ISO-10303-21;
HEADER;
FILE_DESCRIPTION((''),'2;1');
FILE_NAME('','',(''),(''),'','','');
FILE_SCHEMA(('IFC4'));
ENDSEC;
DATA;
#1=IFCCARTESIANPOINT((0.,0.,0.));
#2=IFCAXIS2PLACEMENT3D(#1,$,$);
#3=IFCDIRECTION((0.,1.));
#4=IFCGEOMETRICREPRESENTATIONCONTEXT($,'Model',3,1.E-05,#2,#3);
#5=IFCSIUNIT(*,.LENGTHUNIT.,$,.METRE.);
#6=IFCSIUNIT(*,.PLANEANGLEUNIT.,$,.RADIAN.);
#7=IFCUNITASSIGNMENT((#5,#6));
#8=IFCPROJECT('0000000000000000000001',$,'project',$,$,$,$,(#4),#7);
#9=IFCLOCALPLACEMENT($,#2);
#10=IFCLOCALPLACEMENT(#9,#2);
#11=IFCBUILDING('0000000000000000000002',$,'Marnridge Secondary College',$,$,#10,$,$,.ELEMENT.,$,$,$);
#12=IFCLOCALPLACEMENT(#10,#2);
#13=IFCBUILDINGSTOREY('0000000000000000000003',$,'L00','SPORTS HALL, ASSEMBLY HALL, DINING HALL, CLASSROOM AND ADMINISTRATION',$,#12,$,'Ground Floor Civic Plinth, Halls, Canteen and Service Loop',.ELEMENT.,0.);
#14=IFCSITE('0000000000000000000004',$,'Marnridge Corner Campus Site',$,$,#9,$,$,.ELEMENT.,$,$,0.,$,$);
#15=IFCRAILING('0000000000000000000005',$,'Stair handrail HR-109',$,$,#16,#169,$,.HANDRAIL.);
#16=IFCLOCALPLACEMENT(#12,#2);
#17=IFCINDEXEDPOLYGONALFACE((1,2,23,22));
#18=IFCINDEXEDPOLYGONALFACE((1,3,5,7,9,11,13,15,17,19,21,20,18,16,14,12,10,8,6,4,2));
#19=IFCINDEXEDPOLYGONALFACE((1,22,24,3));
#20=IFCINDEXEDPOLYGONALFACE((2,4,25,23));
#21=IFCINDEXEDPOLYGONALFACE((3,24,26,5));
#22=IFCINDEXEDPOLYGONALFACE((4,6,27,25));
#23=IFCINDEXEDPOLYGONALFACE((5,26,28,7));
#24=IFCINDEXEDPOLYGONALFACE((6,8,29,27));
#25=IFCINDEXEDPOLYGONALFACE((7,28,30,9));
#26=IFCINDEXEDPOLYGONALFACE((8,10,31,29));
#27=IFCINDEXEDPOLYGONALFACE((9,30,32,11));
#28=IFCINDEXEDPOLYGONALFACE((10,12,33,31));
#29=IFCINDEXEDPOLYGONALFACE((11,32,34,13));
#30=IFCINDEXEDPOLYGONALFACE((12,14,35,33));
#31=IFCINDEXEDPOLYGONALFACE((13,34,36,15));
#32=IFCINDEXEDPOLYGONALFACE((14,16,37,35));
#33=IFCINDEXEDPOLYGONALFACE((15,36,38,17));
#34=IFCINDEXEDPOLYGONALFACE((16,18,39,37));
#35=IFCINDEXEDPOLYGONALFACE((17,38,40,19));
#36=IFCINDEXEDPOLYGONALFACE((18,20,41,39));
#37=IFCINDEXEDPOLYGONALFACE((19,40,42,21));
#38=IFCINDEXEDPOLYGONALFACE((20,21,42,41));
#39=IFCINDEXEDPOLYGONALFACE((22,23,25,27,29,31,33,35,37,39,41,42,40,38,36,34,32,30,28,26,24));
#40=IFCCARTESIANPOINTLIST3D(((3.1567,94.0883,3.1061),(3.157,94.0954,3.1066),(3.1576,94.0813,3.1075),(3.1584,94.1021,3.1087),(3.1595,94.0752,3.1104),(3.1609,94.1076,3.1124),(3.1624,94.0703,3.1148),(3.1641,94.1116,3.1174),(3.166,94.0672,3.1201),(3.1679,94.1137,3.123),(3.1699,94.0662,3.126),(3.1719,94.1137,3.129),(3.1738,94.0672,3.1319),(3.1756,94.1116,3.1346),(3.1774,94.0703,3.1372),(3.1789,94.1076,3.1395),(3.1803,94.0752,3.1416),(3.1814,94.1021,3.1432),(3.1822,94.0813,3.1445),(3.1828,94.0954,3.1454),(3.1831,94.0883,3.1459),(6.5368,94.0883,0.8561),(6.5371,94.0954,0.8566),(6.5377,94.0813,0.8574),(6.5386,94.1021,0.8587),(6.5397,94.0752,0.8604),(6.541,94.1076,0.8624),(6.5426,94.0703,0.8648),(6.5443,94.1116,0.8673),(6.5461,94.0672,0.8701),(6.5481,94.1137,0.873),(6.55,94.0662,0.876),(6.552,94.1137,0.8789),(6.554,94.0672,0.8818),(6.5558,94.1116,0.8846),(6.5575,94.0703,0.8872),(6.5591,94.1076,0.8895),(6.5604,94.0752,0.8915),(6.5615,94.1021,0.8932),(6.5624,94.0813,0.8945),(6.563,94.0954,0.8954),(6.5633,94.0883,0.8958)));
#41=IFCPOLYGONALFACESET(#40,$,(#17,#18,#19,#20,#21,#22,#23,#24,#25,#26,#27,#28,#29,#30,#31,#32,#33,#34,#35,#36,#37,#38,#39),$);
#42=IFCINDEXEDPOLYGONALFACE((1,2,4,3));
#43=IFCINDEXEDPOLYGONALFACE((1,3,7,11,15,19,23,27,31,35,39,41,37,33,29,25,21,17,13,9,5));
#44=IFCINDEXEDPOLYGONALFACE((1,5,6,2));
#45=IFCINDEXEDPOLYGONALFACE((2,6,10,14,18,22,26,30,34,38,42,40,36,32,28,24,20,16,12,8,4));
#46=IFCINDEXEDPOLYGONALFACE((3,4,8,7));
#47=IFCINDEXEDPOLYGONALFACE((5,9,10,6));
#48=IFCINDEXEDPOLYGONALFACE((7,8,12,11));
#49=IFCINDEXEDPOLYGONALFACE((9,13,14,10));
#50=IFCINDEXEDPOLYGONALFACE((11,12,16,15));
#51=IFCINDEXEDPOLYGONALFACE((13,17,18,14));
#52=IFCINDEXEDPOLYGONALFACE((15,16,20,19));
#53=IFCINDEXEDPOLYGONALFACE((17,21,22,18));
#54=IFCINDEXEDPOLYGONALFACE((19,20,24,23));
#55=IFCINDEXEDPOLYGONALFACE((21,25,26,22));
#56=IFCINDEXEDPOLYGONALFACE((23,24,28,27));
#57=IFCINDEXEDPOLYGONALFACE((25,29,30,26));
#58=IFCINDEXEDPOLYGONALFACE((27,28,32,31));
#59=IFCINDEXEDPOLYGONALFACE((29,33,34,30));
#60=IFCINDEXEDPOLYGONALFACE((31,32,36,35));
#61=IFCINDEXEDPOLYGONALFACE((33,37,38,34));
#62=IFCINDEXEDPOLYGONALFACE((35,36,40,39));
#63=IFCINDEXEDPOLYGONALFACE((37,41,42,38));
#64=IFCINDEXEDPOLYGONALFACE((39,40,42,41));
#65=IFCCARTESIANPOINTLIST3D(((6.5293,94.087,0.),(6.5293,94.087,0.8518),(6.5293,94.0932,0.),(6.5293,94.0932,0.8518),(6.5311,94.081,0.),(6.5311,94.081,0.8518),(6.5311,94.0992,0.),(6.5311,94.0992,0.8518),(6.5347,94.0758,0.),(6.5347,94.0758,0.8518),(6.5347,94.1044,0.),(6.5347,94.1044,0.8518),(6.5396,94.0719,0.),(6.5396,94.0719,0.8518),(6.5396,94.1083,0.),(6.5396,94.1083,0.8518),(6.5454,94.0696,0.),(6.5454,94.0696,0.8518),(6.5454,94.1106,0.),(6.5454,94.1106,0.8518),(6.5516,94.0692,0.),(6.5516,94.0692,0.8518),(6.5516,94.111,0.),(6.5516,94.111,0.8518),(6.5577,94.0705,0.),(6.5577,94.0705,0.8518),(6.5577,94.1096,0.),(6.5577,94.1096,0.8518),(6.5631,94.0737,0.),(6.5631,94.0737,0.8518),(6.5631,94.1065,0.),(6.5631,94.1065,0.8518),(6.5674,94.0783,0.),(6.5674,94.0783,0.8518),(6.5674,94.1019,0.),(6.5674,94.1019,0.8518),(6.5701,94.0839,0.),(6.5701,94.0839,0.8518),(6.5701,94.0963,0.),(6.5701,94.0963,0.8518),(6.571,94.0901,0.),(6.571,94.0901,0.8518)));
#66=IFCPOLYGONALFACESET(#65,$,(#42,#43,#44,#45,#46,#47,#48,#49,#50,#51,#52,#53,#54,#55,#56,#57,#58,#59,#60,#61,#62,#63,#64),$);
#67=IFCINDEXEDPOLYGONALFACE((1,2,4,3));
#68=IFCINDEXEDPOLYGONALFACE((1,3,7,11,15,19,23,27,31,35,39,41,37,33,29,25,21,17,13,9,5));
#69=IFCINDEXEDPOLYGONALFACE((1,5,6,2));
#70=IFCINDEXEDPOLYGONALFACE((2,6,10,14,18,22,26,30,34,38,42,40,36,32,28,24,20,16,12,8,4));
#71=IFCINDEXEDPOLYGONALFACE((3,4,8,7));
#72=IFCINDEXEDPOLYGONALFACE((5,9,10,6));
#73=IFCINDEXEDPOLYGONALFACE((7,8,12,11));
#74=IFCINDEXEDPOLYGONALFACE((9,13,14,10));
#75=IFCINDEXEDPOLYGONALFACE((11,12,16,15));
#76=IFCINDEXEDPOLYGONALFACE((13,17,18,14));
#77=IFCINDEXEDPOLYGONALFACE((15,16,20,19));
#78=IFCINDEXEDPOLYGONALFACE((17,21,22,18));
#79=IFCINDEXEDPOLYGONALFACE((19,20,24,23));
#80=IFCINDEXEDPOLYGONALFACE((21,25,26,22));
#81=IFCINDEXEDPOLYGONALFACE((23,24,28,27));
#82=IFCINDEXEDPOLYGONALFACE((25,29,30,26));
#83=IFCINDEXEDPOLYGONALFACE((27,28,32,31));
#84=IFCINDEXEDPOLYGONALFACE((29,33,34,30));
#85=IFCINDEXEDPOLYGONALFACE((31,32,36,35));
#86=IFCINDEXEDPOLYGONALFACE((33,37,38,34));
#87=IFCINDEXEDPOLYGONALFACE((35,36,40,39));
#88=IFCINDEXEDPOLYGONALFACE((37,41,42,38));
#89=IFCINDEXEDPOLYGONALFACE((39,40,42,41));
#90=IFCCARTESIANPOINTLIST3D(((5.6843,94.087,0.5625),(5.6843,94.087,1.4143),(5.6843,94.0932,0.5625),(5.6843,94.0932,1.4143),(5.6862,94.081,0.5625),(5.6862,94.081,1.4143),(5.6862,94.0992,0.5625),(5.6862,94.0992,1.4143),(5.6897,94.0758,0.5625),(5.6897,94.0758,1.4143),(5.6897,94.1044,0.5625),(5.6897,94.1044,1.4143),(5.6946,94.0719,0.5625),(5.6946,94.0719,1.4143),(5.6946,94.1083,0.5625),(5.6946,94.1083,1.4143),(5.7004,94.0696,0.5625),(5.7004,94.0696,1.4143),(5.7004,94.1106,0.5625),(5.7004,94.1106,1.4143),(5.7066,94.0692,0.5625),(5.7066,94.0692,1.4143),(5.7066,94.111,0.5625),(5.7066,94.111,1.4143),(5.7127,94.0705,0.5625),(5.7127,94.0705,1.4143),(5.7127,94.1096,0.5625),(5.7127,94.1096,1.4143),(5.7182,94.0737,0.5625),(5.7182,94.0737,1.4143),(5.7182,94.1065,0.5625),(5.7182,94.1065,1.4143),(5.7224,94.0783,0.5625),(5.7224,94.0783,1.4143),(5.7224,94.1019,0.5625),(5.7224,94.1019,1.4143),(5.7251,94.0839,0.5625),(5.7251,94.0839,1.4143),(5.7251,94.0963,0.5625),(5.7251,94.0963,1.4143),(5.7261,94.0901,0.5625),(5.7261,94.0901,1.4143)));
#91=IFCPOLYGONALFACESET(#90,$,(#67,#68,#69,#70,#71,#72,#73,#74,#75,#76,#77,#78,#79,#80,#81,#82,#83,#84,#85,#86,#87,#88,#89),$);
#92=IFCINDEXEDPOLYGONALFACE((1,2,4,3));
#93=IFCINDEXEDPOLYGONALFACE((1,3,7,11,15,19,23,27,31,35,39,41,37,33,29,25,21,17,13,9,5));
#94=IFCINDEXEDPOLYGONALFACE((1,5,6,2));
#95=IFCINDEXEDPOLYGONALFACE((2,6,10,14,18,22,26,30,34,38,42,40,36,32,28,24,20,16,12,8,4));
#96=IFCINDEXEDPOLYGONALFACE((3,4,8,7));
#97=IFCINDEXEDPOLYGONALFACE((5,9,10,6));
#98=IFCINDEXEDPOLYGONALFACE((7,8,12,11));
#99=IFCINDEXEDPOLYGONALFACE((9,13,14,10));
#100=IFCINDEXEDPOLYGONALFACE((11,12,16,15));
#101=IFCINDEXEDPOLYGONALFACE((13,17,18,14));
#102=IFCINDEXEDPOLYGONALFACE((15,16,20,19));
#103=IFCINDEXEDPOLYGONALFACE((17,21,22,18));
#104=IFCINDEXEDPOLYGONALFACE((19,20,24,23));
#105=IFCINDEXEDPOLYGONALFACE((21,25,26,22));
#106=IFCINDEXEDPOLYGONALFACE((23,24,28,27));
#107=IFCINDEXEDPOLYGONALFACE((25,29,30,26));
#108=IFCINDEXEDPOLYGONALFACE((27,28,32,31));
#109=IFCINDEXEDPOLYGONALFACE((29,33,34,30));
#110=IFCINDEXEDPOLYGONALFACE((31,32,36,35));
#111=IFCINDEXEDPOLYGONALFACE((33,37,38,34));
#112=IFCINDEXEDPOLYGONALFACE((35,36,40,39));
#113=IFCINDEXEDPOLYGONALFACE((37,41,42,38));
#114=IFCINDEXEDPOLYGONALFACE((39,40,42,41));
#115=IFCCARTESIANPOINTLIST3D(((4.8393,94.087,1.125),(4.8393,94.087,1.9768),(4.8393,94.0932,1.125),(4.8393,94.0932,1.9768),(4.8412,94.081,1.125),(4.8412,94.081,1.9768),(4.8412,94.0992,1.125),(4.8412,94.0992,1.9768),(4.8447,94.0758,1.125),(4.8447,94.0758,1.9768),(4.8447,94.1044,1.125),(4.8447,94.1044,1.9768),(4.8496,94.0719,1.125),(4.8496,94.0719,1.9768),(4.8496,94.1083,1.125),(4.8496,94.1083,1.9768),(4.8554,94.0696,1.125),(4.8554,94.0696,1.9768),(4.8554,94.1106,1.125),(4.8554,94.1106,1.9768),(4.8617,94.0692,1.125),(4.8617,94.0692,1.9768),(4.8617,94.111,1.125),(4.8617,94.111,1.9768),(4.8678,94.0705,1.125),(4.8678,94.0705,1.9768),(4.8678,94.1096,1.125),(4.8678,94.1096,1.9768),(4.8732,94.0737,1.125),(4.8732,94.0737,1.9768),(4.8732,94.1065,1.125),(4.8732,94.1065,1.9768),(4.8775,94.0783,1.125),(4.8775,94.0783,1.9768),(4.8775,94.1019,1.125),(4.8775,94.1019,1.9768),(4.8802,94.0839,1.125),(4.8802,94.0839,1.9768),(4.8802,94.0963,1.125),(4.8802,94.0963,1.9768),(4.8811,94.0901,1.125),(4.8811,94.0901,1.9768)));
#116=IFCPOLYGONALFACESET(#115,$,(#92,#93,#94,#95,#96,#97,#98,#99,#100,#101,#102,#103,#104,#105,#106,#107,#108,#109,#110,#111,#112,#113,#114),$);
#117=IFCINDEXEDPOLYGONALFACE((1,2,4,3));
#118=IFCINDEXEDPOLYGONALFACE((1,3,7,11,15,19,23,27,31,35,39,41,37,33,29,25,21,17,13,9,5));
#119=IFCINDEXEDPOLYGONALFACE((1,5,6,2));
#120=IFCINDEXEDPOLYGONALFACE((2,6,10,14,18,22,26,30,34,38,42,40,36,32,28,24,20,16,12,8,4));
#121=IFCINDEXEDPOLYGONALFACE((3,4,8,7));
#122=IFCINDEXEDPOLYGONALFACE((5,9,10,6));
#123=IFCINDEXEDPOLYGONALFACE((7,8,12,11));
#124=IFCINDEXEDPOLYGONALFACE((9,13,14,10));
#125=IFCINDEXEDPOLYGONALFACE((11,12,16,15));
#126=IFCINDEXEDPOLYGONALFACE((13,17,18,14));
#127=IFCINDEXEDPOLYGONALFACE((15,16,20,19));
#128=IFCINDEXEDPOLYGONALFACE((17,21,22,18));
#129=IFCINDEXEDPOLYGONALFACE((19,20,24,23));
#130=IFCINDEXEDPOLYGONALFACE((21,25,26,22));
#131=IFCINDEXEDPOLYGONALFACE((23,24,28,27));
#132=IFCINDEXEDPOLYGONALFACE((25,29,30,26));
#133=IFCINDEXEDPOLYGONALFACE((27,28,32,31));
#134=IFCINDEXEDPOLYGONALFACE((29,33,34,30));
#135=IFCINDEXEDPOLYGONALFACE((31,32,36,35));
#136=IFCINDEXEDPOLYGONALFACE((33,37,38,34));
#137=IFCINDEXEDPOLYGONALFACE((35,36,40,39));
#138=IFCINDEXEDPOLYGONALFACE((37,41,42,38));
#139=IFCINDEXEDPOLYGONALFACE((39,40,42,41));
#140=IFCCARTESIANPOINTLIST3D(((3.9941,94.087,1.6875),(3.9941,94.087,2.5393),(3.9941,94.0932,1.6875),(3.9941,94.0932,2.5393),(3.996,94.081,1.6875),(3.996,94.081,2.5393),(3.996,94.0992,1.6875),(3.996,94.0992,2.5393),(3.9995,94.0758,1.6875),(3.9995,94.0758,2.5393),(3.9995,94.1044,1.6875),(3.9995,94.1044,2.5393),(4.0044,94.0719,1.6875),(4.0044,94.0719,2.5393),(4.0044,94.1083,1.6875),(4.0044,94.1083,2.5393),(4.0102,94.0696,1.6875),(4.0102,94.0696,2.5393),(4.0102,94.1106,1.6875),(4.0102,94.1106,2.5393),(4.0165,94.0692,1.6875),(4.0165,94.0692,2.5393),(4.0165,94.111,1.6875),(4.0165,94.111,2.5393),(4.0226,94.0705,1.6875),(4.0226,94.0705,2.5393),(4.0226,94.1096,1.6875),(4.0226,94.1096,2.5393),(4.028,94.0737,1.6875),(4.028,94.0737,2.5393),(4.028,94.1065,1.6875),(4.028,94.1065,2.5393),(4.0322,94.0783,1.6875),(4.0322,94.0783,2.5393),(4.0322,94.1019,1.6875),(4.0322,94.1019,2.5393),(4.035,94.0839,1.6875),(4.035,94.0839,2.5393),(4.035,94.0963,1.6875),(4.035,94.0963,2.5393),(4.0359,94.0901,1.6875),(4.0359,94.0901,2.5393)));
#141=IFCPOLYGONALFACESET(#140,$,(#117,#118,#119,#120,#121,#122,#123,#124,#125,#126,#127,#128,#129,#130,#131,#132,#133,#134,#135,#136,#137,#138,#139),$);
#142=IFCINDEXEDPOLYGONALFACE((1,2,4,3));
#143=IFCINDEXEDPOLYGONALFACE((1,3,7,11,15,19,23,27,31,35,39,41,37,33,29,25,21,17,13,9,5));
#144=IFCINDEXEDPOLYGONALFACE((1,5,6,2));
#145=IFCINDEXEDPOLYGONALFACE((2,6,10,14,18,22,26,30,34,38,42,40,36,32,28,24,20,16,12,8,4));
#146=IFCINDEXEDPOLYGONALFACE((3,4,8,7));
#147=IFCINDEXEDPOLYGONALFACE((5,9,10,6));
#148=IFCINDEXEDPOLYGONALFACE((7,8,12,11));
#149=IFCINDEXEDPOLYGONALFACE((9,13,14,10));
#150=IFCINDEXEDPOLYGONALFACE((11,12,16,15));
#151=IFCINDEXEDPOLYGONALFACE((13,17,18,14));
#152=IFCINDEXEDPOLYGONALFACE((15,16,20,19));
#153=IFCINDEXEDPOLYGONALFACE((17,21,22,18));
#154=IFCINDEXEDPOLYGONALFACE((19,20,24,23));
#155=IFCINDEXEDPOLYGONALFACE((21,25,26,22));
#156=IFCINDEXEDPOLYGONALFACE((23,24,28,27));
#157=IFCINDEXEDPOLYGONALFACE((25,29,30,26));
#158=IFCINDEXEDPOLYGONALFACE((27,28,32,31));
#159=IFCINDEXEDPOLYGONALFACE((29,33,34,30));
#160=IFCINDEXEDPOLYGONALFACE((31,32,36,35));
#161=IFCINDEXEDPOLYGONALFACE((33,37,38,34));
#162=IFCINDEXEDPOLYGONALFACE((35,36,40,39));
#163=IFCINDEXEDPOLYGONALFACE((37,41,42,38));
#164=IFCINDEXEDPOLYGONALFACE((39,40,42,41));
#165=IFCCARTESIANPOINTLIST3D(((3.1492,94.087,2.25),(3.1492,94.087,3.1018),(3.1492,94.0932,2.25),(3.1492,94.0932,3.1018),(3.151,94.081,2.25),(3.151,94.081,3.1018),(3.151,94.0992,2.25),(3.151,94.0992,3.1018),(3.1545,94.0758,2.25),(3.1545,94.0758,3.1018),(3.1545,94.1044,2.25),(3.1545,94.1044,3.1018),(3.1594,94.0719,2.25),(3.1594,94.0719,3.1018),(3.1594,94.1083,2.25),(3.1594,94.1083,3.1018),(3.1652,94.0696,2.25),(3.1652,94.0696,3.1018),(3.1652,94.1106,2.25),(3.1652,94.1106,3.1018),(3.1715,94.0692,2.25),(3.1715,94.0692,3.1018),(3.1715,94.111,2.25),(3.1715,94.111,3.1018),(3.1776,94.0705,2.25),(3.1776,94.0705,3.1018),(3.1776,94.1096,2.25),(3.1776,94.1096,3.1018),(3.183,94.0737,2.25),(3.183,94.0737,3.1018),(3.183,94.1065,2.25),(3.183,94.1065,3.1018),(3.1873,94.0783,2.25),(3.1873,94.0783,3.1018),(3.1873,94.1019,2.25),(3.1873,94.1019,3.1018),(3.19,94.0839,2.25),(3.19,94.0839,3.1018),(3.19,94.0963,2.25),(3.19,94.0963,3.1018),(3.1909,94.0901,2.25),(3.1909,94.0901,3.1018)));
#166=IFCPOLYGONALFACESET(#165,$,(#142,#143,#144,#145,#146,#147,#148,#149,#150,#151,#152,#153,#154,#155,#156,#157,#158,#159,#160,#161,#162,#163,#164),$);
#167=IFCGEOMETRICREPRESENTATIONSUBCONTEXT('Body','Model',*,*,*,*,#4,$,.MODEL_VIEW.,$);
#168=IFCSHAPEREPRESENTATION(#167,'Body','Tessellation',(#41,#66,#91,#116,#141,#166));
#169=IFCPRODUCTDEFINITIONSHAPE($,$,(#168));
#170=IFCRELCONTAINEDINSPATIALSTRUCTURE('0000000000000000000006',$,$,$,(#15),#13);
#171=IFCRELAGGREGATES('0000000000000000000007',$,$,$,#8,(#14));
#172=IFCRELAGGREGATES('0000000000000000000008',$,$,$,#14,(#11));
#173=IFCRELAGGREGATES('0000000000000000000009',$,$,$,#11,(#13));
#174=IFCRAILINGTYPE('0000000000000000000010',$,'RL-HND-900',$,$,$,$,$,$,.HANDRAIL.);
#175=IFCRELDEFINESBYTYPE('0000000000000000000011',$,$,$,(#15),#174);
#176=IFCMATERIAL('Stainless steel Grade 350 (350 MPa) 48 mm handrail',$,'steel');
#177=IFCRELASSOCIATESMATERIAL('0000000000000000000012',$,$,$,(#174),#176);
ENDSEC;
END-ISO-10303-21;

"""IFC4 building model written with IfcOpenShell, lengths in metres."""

from ifc_helpers import new_model, si_unit, direction, frame, origin, origin_2d, place, context, subcontext, project, spatial, circle, extrude, material, type_object, element, save


model = new_model("IFC4")

# Units and contexts
model_context = context("Model", 3, precision=1e-05, world=origin(), true_north=direction((0.0, 1.0)))
body_context = subcontext(model_context, "Body", "Model", "MODEL_VIEW")
ifc_project = project(units=[si_unit("LENGTHUNIT", "METRE"), si_unit("PLANEANGLEUNIT", "RADIAN")], contexts=[model_context])

# Site, building, storey
site_placement = place(None, origin())
site = spatial("IfcSite", under=ifc_project, at=site_placement, Name="Marnridge Corner Campus Site", CompositionType="ELEMENT", RefElevation=0.0)
building_placement = place(site_placement, origin())
building = spatial("IfcBuilding", under=site, at=building_placement, Name="Marnridge Secondary College", CompositionType="ELEMENT")
storey_placement = place(building_placement, origin())
storey = spatial("IfcBuildingStorey", under=building, at=storey_placement, Name="L00", Description="SPORTS HALL, ASSEMBLY HALL, DINING HALL, CLASSROOM AND ADMINISTRATION", LongName="Ground Floor Civic Plinth, Halls, Canteen and Service Loop", CompositionType="ELEMENT", Elevation=0.0)

# Railing
ifc_material_1 = material(Name="Stainless steel Grade 350 (350 MPa) 48 mm handrail", Category="steel")
railing_type_1 = type_object("IfcRailingType", Name="RL-HND-900", PredefinedType="HANDRAIL", material=ifc_material_1)
railing_1_placement = place(storey_placement, frame((6.55, 94.0901, 0.0)))
element("IfcRailing", 1, at=railing_1_placement, inside=storey, type_object=railing_type_1, Name="Stair handrail HR-109", PredefinedType="HANDRAIL", context=body_context, shape_type="SweptSolid", body=[
    extrude(circle(Radius=0.0239, at=origin_2d()), frame((0.0, 0.0, 0.876), z_axis=(-0.832439, 0.0, 0.554117), x_axis=(0.0, -1.0, 0.0)), (0.0, 0.0, 1.0), 4.0605),
    extrude(circle(Radius=0.021, at=origin_2d()), origin(), (0.0, 0.0, 1.0), 0.8518),
    extrude(circle(Radius=0.021, at=origin_2d()), frame((-0.845, 0.0, 0.5625)), (0.0, 0.0, 1.0), 0.8518),
    extrude(circle(Radius=0.021, at=origin_2d()), frame((-1.6899, 0.0, 1.125)), (0.0, 0.0, 1.0), 0.8518),
    extrude(circle(Radius=0.021, at=origin_2d()), frame((-2.5352, 0.0, 1.6875)), (0.0, 0.0, 1.0), 0.8518),
    extrude(circle(Radius=0.021, at=origin_2d()), frame((-3.3801, 0.0, 2.25)), (0.0, 0.0, 1.0), 0.8518),
])

save(model, "model.ifc")
